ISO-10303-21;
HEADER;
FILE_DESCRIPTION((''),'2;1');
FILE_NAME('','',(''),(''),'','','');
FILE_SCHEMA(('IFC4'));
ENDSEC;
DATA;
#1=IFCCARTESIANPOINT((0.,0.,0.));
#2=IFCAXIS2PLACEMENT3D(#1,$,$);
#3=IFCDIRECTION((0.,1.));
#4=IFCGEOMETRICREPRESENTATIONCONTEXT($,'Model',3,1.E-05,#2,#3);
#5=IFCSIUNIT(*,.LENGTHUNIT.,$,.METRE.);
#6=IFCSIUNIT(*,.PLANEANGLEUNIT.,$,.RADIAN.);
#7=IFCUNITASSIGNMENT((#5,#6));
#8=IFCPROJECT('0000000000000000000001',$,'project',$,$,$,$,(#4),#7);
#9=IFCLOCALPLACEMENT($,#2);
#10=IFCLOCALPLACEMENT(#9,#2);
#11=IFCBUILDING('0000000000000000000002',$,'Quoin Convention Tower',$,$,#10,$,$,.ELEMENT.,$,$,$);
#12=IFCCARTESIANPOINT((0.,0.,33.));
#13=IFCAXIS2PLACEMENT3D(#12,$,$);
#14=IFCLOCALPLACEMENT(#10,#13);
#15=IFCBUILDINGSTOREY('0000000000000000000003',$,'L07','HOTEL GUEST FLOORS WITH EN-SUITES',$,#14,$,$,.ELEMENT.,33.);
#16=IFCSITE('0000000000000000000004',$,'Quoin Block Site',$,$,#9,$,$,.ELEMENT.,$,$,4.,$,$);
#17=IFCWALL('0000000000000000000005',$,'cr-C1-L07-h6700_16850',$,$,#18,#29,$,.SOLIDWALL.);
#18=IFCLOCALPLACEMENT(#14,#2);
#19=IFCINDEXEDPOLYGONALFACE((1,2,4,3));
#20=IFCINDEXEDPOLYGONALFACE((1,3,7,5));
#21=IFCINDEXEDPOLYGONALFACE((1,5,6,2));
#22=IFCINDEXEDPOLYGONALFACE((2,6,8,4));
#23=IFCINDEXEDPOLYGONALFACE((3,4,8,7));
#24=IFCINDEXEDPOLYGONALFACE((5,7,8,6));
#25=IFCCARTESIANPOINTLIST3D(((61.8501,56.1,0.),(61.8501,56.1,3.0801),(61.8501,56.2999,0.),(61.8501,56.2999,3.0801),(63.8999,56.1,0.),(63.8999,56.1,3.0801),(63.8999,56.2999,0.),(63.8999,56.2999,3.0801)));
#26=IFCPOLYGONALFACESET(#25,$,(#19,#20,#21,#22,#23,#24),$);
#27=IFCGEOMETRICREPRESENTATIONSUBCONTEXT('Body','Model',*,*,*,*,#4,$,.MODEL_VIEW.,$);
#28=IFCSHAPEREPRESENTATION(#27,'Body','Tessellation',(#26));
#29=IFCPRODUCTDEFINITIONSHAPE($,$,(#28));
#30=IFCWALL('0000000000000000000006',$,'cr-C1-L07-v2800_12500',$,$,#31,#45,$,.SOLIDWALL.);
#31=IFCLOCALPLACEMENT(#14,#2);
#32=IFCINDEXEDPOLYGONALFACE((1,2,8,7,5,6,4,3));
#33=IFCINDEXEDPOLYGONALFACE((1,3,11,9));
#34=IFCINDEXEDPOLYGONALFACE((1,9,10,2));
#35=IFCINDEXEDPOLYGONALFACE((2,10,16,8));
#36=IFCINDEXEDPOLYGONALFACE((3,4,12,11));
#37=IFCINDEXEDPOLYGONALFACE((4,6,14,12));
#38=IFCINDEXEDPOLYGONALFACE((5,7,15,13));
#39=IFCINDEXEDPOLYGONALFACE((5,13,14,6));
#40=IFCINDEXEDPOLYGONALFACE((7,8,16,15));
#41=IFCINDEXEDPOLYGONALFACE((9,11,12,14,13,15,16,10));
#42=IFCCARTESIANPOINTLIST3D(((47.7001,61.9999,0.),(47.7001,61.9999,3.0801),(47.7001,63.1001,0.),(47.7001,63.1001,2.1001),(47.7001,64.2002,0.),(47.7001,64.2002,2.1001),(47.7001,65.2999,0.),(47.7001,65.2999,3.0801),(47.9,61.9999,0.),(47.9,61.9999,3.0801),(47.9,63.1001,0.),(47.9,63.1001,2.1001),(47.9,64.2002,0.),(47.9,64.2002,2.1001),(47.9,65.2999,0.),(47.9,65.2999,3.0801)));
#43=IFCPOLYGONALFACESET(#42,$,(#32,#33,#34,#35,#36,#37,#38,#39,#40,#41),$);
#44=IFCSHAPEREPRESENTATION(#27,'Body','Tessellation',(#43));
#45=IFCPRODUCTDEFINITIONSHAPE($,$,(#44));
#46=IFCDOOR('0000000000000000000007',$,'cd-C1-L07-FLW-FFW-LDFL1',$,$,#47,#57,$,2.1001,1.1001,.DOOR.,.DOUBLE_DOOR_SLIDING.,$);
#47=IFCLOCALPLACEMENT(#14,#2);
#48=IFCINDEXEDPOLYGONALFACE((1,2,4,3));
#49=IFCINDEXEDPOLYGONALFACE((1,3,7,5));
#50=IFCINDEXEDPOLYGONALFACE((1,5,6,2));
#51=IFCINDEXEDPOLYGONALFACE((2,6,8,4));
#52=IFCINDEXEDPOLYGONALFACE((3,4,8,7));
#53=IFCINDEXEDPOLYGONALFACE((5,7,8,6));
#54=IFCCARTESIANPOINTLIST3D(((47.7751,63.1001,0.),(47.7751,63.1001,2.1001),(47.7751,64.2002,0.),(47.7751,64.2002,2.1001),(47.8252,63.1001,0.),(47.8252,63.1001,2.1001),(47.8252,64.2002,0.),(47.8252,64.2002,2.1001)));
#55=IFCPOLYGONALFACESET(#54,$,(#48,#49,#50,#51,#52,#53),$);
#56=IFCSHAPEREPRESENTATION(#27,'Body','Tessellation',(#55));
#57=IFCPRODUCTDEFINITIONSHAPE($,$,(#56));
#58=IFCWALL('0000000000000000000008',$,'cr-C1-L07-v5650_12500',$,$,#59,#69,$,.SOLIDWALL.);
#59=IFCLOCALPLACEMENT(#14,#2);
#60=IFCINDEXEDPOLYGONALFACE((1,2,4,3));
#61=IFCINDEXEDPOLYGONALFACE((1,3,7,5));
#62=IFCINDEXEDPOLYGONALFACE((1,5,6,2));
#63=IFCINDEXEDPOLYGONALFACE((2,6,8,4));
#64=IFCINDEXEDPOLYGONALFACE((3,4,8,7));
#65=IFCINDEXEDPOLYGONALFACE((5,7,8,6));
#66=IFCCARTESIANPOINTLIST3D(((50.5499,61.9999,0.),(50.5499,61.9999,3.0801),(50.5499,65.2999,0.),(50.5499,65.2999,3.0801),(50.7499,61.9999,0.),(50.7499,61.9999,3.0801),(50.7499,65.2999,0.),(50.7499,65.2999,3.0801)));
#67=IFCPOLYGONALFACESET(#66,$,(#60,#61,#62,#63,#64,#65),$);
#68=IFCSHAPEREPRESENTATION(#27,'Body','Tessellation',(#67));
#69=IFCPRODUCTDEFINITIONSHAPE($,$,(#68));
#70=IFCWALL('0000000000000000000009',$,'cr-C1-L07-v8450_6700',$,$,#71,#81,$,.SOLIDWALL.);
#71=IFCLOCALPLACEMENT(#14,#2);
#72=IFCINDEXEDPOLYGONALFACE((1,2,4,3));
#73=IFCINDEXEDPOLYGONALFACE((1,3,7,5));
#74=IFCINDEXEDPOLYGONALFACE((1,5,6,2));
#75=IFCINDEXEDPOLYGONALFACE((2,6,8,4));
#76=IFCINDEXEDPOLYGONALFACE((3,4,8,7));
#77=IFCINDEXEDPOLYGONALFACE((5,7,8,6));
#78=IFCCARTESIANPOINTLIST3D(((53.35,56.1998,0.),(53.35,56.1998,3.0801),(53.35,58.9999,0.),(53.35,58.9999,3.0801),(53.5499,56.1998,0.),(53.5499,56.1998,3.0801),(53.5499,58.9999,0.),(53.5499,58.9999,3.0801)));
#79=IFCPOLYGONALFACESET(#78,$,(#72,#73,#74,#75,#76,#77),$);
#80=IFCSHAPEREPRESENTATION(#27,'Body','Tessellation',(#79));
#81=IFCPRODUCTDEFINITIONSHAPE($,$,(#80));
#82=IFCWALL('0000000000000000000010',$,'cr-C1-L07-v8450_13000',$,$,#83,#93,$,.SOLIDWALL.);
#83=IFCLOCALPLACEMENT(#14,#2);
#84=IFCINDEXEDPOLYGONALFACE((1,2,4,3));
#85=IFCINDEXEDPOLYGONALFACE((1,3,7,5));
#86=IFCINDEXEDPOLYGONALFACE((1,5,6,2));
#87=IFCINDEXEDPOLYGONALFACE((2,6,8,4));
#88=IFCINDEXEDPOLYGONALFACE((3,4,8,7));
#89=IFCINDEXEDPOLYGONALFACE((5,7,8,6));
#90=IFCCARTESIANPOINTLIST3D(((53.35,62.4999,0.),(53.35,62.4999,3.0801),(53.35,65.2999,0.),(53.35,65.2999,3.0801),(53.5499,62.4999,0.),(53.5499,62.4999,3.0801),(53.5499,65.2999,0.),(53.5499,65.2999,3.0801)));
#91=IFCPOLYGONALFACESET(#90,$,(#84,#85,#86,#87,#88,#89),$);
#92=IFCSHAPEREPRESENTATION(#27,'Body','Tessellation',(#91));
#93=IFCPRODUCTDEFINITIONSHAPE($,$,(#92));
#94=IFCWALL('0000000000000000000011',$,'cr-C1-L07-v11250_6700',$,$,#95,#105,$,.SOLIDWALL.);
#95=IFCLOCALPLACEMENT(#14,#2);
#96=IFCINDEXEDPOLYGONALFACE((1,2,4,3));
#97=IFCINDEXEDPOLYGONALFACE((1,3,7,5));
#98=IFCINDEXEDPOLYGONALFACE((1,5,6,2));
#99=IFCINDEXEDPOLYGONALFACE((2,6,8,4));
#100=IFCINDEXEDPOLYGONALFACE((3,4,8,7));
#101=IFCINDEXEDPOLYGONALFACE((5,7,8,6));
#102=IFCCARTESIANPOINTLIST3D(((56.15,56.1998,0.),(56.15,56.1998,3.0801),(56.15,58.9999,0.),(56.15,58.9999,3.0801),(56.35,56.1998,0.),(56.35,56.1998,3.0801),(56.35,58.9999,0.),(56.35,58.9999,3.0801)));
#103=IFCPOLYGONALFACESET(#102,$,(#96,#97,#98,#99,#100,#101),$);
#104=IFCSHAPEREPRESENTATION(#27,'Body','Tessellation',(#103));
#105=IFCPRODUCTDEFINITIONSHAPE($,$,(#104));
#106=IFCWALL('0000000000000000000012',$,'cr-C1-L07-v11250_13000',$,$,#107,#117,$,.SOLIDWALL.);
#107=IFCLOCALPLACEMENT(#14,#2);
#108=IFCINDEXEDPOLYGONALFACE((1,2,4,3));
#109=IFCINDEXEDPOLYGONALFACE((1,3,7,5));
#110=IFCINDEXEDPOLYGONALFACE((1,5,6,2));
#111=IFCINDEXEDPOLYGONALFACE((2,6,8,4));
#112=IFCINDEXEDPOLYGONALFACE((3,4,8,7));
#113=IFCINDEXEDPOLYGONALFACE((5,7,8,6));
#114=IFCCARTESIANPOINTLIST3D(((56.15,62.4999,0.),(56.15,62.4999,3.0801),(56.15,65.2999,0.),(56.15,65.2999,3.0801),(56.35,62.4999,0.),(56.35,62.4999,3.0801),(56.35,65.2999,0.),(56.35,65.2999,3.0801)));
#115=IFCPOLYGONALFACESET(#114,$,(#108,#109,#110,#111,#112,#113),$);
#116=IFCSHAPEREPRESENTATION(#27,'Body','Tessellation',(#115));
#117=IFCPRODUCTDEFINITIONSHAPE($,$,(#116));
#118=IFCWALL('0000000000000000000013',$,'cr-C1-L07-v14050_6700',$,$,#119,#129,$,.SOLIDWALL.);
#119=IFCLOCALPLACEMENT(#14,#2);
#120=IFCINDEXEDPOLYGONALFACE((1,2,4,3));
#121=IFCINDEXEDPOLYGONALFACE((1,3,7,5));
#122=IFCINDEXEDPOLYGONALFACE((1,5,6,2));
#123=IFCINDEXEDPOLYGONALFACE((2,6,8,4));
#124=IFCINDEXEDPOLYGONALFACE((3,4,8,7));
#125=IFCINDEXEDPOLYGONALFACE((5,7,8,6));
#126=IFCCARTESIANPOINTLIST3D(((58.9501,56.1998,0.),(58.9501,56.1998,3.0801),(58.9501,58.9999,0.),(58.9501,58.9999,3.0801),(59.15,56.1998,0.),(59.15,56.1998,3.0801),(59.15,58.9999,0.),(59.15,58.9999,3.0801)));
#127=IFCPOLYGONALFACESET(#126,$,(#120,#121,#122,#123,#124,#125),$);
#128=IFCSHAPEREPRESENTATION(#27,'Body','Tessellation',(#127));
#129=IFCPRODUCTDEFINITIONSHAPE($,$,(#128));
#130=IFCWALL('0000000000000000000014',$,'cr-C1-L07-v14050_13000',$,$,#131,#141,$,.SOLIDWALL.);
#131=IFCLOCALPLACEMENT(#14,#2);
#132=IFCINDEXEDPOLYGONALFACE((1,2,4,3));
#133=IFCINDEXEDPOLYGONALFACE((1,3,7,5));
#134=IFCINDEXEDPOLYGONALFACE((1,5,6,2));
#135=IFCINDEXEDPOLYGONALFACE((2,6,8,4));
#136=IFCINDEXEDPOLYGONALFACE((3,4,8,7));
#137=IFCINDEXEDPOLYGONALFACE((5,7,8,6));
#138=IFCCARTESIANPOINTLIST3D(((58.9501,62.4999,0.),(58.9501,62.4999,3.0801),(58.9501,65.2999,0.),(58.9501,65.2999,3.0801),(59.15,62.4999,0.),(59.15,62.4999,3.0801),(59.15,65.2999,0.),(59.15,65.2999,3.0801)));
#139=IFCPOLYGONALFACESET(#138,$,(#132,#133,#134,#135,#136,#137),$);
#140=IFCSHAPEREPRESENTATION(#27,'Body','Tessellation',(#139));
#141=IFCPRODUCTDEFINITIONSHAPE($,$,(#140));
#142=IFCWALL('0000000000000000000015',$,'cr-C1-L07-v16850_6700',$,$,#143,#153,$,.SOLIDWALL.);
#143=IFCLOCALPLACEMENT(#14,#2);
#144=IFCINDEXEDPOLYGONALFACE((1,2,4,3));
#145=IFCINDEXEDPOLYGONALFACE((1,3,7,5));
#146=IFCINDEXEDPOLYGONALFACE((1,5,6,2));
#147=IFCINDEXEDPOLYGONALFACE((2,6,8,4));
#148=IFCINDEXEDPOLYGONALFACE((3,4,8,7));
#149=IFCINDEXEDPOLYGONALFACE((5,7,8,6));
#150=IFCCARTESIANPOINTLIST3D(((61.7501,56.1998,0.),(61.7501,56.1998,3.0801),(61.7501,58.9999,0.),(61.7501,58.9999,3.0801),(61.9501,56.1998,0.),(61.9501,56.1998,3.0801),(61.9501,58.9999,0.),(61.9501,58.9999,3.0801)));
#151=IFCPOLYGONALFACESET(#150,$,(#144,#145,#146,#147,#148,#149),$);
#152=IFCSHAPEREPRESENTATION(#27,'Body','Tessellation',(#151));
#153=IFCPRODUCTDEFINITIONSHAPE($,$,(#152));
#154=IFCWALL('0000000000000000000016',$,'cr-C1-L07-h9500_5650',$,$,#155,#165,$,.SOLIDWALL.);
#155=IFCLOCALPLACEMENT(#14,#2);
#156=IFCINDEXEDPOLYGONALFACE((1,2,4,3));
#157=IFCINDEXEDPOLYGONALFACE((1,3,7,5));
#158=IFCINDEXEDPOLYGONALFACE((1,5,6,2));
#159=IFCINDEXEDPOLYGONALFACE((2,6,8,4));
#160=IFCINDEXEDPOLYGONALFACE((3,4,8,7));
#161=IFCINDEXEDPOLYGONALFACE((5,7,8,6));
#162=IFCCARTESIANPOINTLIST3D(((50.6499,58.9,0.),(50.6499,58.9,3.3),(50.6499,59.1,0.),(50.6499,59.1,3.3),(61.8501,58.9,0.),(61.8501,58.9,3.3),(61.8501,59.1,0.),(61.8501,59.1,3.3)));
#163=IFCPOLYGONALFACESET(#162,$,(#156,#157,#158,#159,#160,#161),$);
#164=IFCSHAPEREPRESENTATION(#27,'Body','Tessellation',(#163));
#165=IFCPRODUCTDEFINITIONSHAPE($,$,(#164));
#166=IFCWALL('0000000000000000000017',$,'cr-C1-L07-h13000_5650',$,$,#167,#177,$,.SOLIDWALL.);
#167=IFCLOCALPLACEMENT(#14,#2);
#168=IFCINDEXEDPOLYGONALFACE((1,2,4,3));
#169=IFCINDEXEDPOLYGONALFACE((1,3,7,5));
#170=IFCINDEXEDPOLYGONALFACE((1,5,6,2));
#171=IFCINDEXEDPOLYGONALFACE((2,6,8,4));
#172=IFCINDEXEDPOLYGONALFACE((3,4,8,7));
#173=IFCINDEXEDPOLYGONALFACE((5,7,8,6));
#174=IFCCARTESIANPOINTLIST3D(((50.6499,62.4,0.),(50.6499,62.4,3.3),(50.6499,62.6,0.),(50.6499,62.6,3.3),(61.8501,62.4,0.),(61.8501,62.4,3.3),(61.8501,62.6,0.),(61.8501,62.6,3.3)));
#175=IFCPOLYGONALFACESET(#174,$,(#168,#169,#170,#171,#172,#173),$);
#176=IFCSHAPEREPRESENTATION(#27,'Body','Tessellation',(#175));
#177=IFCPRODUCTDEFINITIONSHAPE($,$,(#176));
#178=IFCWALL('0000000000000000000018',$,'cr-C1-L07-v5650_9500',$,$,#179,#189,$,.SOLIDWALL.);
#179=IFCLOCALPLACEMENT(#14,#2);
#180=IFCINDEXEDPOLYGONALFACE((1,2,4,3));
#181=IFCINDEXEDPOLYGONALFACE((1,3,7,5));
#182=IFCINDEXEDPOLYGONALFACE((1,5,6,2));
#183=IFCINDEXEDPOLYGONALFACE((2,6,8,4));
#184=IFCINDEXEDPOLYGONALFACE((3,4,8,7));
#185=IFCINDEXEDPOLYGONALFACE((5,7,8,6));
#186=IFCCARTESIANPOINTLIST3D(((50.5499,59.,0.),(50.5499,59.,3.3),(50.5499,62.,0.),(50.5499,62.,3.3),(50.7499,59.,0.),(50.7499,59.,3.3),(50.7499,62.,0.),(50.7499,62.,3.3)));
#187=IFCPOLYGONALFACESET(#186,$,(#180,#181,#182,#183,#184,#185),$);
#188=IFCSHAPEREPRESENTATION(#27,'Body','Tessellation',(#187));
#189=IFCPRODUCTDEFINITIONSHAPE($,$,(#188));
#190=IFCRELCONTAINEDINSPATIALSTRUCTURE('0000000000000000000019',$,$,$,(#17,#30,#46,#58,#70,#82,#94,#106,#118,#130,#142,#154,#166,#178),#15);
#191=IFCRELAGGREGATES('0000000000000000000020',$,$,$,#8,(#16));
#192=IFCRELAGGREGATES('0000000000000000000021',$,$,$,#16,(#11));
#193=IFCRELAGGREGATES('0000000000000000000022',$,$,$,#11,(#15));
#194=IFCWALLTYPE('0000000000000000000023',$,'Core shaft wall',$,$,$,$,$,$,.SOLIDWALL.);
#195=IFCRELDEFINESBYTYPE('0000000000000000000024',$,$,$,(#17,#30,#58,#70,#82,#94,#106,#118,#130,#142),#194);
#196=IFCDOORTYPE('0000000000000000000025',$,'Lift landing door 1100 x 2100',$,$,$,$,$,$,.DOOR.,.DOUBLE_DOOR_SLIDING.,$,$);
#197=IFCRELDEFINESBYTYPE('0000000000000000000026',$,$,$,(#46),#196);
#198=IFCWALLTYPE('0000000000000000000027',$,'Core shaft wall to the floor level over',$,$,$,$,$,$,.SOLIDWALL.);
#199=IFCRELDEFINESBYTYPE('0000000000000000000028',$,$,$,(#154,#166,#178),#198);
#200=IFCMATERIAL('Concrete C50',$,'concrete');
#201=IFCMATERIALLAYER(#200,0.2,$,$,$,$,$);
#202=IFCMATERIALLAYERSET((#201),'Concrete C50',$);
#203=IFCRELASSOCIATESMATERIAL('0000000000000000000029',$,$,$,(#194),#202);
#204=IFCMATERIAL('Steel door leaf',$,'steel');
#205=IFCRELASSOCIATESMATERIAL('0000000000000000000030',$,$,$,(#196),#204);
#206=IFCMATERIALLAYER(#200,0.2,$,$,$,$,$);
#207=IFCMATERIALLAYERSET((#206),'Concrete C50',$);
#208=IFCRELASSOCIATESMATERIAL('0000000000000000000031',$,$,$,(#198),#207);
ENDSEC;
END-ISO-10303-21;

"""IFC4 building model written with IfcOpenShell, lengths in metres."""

from ifc_helpers import new_model, si_unit, direction, frame, frame_2d, origin, place, context, subcontext, project, spatial, rectangle, extrude, material, layer, layer_set, type_object, element, fill, save


model = new_model("IFC4")

# Units and contexts
model_context = context("Model", 3, precision=1e-05, world=origin(), true_north=direction((0.0, 1.0)))
body_context = subcontext(model_context, "Body", "Model", "MODEL_VIEW")
ifc_project = project(units=[si_unit("LENGTHUNIT", "METRE"), si_unit("PLANEANGLEUNIT", "RADIAN")], contexts=[model_context])

# Site, building, storey
site_placement = place(None, origin())
site = spatial("IfcSite", under=ifc_project, at=site_placement, Name="Quoin Block Site", CompositionType="ELEMENT", RefElevation=4.0)
building_placement = place(site_placement, origin())
building = spatial("IfcBuilding", under=site, at=building_placement, Name="Quoin Convention Tower", CompositionType="ELEMENT")
storey_placement = place(building_placement, frame((0.0, 0.0, 33.0)))
storey = spatial("IfcBuildingStorey", under=building, at=storey_placement, Name="L07", Description="HOTEL GUEST FLOORS WITH EN-SUITES", CompositionType="ELEMENT", Elevation=33.0)

# Wall
ifc_material_1 = material(Name="Concrete C50", Category="concrete")
ifc_layer_1 = layer(ifc_material_1, 0.2)
ifc_layer_set_1 = layer_set([ifc_layer_1], Name="Concrete C50")
wall_type_1 = type_object("IfcWallType", Name="Core shaft wall", PredefinedType="SOLIDWALL", material=ifc_layer_set_1)
wall_1_placement = place(storey_placement, frame((61.8501, 56.2, 0.0), z_axis=(0.0, 0.0, 1.0), x_axis=(1.0, 0.0, 0.0)))
element("IfcWall", 1, at=wall_1_placement, inside=storey, type_object=wall_type_1, Name="cr-C1-L07-h6700_16850", PredefinedType="SOLIDWALL", context=body_context, shape_type="SweptSolid", body=[
    extrude(rectangle(XDim=2.0498, YDim=0.2, at=frame_2d((1.0249, 0.0))), origin(), (0.0, 0.0, 1.0), 3.0801),
])

# Wall, opening, door
wall_2_placement = place(storey_placement, frame((47.8, 62.0, 0.0), z_axis=(0.0, 0.0, 1.0), x_axis=(0.0, 1.0, 0.0)))
wall_2 = element("IfcWall", 2, at=wall_2_placement, inside=storey, type_object=wall_type_1, Name="cr-C1-L07-v2800_12500", PredefinedType="SOLIDWALL", context=body_context, shape_type="SweptSolid", body=[
    extrude(rectangle(XDim=3.3, YDim=0.2, at=frame_2d((1.6499, 0.0))), origin(), (0.0, 0.0, 1.0), 3.0801),
])
opening_placement = place(wall_2_placement, frame((1.1001, 0.0, 0.0)))
opening = element("IfcOpeningElement", 3, at=opening_placement, cuts=wall_2, PredefinedType="OPENING", context=body_context, shape_type="SweptSolid", body=[
    extrude(rectangle(XDim=1.1001, YDim=2.1001, at=frame_2d((0.55, 1.05))), frame((0.0, 0.1099, 0.0), z_axis=(0.0, -1.0, 0.0), x_axis=(1.0, 0.0, 0.0)), (0.0, 0.0, 1.0), 0.22),
])
ifc_material_2 = material(Name="Steel door leaf", Category="steel")
door_type = type_object("IfcDoorType", Name="Lift landing door 1100 x 2100", OperationType="DOUBLE_DOOR_SLIDING", PredefinedType="DOOR", material=ifc_material_2)
door_placement = place(opening_placement, origin())
door = element("IfcDoor", 4, at=door_placement, inside=storey, type_object=door_type, Name="cd-C1-L07-FLW-FFW-LDFL1", OperationType="DOUBLE_DOOR_SLIDING", OverallHeight=2.1001, OverallWidth=1.1001, PredefinedType="DOOR", context=body_context, shape_type="SweptSolid", body=[
    extrude(rectangle(XDim=1.1001, YDim=2.1001, at=frame_2d((0.55, 1.05))), frame((0.0, 0.0249, 0.0), z_axis=(0.0, -1.0, 0.0), x_axis=(1.0, 0.0, 0.0)), (0.0, 0.0, 1.0), 0.05),
])
fill(opening, door)

# Walls
wall_3_placement = place(storey_placement, frame((50.6499, 62.0, 0.0), z_axis=(0.0, 0.0, 1.0), x_axis=(0.0, 1.0, 0.0)))
element("IfcWall", 5, at=wall_3_placement, inside=storey, type_object=wall_type_1, Name="cr-C1-L07-v5650_12500", PredefinedType="SOLIDWALL", context=body_context, shape_type="SweptSolid", body=[
    extrude(rectangle(XDim=3.3, YDim=0.2, at=frame_2d((1.6499, 0.0))), origin(), (0.0, 0.0, 1.0), 3.0801),
])
for number, where, z_axis, x_axis, name in (
    (6, (53.45, 56.2, 0.0), (0.0, 0.0, 1.0), (0.0, 1.0, 0.0), "cr-C1-L07-v8450_6700"),
    (7, (53.45, 62.5, 0.0), (0.0, 0.0, 1.0), (0.0, 1.0, 0.0), "cr-C1-L07-v8450_13000"),
    (8, (56.25, 56.2, 0.0), (0.0, 0.0, 1.0), (0.0, 1.0, 0.0), "cr-C1-L07-v11250_6700"),
    (9, (56.25, 62.5, 0.0), (0.0, 0.0, 1.0), (0.0, 1.0, 0.0), "cr-C1-L07-v11250_13000"),
    (10, (59.05, 56.2, 0.0), (0.0, 0.0, 1.0), (0.0, 1.0, 0.0), "cr-C1-L07-v14050_6700"),
    (11, (59.05, 62.5, 0.0), (0.0, 0.0, 1.0), (0.0, 1.0, 0.0), "cr-C1-L07-v14050_13000"),
    (12, (61.8501, 56.2, 0.0), (0.0, 0.0, 1.0), (0.0, 1.0, 0.0), "cr-C1-L07-v16850_6700"),
):
    element("IfcWall", number, at=place(storey_placement, frame(where, z_axis=z_axis, x_axis=x_axis)), inside=storey, type_object=wall_type_1, Name=name, PredefinedType="SOLIDWALL", context=body_context, shape_type="SweptSolid", body=[
        extrude(rectangle(XDim=2.8, YDim=0.2, at=frame_2d((1.3999, 0.0))), origin(), (0.0, 0.0, 1.0), 3.0801),
    ])
ifc_layer_2 = layer(ifc_material_1, 0.2)
ifc_layer_set_2 = layer_set([ifc_layer_2], Name="Concrete C50")
wall_type_2 = type_object("IfcWallType", Name="Core shaft wall to the floor level over", PredefinedType="SOLIDWALL", material=ifc_layer_set_2)
for number, where, z_axis, x_axis, name in (
    (13, (50.6499, 59.0, 0.0), (0.0, 0.0, 1.0), (1.0, 0.0, 0.0), "cr-C1-L07-h9500_5650"),
    (14, (50.6499, 62.5, 0.0), (0.0, 0.0, 1.0), (1.0, 0.0, 0.0), "cr-C1-L07-h13000_5650"),
):
    element("IfcWall", number, at=place(storey_placement, frame(where, z_axis=z_axis, x_axis=x_axis)), inside=storey, type_object=wall_type_2, Name=name, PredefinedType="SOLIDWALL", context=body_context, shape_type="SweptSolid", body=[
        extrude(rectangle(XDim=11.2002, YDim=0.2, at=frame_2d((5.6001, 0.0))), origin(), (0.0, 0.0, 1.0), 3.3),
    ])
wall_4_placement = place(storey_placement, frame((50.6499, 59.0, 0.0), z_axis=(0.0, 0.0, 1.0), x_axis=(0.0, 1.0, 0.0)))
element("IfcWall", 15, at=wall_4_placement, inside=storey, type_object=wall_type_2, Name="cr-C1-L07-v5650_9500", PredefinedType="SOLIDWALL", context=body_context, shape_type="SweptSolid", body=[
    extrude(rectangle(XDim=3.0, YDim=0.2, at=frame_2d((1.5, 0.0))), origin(), (0.0, 0.0, 1.0), 3.3),
])

save(model, "model.ifc")
